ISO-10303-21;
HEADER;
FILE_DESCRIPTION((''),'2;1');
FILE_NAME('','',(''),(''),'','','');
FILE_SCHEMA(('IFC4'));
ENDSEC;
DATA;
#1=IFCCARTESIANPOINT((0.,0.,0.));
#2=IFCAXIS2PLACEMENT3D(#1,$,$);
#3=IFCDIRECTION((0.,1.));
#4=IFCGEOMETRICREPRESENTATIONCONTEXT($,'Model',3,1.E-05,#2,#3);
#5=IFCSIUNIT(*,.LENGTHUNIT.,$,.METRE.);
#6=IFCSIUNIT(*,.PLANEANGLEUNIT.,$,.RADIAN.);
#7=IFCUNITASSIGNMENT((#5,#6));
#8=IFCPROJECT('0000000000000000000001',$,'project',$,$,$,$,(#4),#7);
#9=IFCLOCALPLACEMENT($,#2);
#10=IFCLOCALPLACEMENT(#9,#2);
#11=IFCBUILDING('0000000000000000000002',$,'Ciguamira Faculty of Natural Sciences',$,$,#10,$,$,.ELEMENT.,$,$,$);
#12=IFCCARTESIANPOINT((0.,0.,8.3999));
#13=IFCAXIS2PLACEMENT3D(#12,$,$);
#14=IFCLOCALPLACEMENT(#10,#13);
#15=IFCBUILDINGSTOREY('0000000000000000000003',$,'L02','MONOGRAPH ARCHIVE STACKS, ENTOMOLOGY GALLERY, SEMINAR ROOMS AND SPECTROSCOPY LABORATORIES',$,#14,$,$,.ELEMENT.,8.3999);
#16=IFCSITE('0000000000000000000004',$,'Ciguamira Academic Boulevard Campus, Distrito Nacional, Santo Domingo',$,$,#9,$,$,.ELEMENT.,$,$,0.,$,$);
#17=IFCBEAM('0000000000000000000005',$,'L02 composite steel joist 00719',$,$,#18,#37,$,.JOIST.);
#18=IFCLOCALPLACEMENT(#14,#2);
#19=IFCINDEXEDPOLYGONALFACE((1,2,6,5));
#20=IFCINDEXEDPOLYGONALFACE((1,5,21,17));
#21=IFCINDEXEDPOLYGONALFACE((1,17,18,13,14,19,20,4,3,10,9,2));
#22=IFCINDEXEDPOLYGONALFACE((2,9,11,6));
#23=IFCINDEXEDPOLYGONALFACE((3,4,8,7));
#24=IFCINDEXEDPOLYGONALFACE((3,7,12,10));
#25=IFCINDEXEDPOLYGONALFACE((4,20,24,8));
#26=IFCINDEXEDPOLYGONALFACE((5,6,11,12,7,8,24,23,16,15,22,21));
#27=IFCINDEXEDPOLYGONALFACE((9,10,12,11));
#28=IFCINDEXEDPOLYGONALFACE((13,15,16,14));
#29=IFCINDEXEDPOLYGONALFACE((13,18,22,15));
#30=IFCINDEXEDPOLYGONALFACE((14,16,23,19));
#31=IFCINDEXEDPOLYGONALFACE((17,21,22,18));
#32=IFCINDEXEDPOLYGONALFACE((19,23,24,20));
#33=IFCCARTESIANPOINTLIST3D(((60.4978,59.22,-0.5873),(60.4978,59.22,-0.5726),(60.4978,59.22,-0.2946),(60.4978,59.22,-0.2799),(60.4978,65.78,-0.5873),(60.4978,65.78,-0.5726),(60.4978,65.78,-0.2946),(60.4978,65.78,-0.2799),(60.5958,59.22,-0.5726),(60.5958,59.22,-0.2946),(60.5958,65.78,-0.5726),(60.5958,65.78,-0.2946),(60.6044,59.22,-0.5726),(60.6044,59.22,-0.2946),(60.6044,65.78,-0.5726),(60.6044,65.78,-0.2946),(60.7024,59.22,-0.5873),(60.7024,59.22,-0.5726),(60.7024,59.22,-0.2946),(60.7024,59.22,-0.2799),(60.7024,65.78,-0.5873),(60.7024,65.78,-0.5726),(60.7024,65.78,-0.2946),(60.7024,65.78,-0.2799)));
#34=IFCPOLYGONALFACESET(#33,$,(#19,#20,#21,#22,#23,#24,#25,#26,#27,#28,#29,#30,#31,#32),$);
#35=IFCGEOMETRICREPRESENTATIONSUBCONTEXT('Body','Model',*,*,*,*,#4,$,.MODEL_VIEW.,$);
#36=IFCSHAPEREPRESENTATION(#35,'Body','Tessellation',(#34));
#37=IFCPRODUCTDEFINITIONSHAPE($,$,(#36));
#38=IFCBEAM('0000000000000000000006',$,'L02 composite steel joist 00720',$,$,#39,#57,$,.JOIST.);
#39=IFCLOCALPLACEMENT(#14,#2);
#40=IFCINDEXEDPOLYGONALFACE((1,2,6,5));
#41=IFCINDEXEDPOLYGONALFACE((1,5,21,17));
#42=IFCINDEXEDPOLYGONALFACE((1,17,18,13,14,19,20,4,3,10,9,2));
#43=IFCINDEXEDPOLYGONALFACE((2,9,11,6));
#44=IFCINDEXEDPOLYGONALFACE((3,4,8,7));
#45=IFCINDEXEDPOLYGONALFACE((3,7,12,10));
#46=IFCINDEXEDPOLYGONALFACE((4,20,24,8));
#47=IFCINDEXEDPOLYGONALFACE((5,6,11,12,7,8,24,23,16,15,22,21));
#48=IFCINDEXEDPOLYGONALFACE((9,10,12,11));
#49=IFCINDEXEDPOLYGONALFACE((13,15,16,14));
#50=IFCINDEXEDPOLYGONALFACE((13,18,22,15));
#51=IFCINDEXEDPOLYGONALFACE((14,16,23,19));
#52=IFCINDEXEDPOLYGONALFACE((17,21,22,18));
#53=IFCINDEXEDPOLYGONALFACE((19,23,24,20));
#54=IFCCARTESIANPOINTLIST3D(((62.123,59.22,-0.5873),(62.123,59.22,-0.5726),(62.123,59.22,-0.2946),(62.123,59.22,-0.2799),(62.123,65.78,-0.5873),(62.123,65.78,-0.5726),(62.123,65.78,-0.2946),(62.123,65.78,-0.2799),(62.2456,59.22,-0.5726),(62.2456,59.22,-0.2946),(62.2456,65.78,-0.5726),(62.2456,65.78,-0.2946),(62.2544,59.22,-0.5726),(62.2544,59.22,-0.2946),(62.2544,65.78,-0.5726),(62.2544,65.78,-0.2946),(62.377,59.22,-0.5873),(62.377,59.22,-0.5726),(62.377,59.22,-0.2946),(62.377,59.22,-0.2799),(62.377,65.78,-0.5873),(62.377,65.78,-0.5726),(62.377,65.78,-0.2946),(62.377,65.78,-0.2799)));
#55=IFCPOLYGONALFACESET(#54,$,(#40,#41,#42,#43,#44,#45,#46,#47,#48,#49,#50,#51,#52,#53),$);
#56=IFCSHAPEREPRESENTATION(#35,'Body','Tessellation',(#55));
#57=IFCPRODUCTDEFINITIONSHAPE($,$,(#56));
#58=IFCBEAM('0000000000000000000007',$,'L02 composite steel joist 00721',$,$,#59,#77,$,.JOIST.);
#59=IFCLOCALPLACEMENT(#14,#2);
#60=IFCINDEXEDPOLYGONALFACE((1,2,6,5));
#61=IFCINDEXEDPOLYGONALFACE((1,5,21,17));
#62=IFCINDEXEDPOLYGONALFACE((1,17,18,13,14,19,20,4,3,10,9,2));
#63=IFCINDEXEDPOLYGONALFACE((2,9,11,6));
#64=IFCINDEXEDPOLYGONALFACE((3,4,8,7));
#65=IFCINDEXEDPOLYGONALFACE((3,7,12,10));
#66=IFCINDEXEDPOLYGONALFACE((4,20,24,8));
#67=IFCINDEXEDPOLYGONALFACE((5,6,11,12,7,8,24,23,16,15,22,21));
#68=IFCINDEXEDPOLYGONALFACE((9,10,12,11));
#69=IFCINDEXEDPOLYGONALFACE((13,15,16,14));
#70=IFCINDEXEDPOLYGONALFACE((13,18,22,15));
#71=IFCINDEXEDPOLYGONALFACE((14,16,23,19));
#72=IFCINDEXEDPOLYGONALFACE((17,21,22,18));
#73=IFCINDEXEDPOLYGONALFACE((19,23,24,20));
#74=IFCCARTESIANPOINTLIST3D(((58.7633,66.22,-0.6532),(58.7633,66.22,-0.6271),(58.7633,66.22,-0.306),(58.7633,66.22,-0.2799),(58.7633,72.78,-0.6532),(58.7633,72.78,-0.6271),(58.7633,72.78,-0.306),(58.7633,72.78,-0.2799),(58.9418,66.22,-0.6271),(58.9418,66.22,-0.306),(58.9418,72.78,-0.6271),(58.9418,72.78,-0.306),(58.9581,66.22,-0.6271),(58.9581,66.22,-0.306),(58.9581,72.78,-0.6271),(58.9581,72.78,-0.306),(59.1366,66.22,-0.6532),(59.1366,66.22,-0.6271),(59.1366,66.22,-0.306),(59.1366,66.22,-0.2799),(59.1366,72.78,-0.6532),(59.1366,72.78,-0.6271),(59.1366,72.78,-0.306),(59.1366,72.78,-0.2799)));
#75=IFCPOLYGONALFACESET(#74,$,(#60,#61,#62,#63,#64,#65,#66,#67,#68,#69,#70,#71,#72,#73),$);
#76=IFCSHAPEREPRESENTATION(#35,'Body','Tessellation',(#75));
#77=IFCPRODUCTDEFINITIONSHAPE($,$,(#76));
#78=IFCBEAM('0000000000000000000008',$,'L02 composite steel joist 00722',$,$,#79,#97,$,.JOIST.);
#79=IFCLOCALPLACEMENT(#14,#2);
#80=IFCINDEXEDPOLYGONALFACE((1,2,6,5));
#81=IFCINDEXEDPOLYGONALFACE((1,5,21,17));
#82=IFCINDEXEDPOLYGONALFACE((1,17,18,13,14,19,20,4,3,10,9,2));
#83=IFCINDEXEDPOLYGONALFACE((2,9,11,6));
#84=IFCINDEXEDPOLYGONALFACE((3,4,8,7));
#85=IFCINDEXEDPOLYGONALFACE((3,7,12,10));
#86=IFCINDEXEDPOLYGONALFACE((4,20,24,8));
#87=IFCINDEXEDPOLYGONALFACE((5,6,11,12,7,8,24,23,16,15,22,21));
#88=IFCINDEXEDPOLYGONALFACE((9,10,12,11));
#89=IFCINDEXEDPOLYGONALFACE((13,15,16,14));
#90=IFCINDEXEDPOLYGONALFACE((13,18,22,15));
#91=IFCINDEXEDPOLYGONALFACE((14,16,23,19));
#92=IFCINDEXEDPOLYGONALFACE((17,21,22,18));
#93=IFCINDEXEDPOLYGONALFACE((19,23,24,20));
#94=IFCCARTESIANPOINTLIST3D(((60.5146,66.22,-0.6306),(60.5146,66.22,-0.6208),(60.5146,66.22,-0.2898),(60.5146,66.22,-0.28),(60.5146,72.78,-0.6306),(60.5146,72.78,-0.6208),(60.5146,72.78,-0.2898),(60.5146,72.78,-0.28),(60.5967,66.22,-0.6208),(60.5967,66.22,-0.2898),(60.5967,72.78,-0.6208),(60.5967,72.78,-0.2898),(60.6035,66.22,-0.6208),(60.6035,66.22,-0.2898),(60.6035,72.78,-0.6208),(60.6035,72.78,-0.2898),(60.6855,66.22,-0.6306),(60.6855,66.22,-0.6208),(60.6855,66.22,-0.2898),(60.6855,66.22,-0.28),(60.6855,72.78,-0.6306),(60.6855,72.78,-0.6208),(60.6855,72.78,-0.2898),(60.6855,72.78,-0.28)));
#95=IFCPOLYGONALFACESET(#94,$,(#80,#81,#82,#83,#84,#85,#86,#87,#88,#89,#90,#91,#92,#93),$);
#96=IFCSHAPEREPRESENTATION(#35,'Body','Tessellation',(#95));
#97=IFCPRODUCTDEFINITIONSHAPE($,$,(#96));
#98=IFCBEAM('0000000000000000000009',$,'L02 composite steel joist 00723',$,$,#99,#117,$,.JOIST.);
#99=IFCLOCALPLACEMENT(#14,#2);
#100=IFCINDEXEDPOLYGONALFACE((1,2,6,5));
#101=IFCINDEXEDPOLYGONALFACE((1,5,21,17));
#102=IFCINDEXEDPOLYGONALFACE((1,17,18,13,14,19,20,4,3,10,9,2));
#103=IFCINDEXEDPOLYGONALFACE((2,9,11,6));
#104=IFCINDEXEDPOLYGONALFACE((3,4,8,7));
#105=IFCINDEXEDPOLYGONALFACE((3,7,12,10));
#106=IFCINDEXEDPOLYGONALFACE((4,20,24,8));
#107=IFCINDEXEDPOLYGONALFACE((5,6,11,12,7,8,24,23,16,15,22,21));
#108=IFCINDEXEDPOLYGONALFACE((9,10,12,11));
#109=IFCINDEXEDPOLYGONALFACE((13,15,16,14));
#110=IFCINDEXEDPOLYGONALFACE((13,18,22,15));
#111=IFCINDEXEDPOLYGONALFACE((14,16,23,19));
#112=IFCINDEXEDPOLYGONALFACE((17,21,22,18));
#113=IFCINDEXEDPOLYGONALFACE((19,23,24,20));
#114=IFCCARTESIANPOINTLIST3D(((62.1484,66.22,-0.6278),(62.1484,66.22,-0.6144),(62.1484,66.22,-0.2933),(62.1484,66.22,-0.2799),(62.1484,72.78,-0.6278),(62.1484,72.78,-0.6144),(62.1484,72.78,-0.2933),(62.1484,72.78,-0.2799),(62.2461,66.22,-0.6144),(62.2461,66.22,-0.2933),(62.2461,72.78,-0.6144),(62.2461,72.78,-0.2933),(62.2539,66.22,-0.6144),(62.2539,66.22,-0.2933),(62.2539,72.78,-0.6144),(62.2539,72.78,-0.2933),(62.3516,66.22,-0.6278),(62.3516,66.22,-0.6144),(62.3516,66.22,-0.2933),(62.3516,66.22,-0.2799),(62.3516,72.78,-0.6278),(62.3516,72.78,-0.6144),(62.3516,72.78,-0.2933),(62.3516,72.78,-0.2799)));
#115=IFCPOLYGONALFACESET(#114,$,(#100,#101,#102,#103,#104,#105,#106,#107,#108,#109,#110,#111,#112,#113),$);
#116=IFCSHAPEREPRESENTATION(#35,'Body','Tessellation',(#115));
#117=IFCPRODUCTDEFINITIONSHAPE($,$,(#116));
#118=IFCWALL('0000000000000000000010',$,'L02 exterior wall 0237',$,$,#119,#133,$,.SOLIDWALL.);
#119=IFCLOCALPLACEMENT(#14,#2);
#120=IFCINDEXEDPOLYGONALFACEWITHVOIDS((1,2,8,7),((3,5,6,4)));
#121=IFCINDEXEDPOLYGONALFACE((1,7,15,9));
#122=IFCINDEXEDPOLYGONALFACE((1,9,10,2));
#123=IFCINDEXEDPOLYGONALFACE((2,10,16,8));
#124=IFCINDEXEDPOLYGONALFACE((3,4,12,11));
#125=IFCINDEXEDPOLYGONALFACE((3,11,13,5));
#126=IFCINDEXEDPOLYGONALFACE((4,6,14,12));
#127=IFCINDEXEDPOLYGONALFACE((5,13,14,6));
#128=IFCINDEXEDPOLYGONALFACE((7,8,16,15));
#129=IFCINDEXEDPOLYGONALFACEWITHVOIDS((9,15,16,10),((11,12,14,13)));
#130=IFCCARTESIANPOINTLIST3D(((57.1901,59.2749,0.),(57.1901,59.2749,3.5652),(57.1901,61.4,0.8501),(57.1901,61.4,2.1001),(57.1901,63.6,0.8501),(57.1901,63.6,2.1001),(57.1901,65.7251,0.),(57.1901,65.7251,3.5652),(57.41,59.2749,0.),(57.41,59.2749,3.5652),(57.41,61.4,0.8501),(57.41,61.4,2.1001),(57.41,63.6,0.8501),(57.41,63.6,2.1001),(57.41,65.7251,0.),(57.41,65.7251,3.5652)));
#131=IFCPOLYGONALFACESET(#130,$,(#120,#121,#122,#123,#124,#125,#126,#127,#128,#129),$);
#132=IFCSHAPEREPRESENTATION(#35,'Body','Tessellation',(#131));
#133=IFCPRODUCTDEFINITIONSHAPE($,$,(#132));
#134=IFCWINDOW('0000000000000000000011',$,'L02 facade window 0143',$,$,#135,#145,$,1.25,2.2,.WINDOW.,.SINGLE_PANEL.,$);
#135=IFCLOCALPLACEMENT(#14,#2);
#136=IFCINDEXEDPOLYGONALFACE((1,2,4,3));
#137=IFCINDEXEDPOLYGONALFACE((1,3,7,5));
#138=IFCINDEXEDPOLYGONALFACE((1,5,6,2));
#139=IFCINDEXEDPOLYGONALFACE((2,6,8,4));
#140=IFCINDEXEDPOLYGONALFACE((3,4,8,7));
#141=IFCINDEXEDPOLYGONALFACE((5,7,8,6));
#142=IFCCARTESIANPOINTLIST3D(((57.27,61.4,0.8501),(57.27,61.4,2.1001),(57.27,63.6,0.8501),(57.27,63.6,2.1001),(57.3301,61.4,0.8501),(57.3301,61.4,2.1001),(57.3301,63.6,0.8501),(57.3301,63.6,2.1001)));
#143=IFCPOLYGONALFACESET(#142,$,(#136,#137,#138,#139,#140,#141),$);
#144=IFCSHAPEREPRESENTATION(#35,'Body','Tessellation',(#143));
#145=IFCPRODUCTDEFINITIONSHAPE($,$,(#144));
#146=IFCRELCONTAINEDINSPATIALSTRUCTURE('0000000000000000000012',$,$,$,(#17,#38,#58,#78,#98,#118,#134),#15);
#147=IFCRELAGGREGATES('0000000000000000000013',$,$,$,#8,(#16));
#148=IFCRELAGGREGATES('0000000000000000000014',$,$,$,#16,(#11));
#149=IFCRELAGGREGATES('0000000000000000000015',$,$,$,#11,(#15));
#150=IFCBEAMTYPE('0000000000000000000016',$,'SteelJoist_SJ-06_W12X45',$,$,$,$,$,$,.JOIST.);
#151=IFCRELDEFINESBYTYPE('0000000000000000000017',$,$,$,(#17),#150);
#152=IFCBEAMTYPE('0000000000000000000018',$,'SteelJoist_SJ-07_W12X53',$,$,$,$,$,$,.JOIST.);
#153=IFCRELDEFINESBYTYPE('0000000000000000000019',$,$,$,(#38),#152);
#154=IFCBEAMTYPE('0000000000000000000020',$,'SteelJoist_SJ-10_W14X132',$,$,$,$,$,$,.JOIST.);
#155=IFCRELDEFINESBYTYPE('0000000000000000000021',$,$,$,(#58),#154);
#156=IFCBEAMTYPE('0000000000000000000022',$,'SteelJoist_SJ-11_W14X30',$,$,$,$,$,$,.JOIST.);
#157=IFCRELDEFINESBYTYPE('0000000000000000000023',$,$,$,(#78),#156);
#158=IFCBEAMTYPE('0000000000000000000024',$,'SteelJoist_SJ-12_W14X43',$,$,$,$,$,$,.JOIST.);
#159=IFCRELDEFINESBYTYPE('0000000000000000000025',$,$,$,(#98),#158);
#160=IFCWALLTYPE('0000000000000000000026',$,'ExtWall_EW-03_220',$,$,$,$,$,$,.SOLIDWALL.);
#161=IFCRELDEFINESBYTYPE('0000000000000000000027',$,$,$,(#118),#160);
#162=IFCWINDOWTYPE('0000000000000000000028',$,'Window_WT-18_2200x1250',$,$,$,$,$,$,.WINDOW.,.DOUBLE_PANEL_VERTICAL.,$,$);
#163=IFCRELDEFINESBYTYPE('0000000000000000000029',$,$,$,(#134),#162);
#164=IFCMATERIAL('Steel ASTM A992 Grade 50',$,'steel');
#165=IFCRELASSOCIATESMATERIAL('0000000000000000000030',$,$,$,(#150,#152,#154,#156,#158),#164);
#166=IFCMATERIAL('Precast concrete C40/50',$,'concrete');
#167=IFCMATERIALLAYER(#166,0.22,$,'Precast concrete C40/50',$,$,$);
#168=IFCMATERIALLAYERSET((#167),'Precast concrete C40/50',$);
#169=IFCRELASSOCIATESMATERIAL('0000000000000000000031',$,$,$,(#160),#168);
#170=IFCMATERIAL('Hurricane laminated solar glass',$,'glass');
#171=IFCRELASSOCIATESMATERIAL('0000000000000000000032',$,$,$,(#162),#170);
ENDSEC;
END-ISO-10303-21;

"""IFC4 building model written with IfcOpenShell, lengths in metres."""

from ifc_helpers import new_model, si_unit, direction, frame, frame_2d, origin, origin_2d, place, context, subcontext, project, spatial, rectangle, i_section, extrude, material, layer, layer_set, material_profile, profile_set, type_object, element, fill, save


model = new_model("IFC4")

# Units and contexts
model_context = context("Model", 3, precision=1e-05, world=origin(), true_north=direction((0.0, 1.0)))
body_context = subcontext(model_context, "Body", "Model", "MODEL_VIEW")
ifc_project = project(units=[si_unit("LENGTHUNIT", "METRE"), si_unit("PLANEANGLEUNIT", "RADIAN")], contexts=[model_context])

# Site, building, storey
site_placement = place(None, origin())
site = spatial("IfcSite", under=ifc_project, at=site_placement, Name="Ciguamira Academic Boulevard Campus, Distrito Nacional, Santo Domingo", CompositionType="ELEMENT", RefElevation=0.0)
building_placement = place(site_placement, origin())
building = spatial("IfcBuilding", under=site, at=building_placement, Name="Ciguamira Faculty of Natural Sciences", CompositionType="ELEMENT")
storey_placement = place(building_placement, frame((0.0, 0.0, 8.3999)))
storey = spatial("IfcBuildingStorey", under=building, at=storey_placement, Name="L02", Description="MONOGRAPH ARCHIVE STACKS, ENTOMOLOGY GALLERY, SEMINAR ROOMS AND SPECTROSCOPY LABORATORIES", CompositionType="ELEMENT", Elevation=8.3999)

# Beams
ifc_material_1 = material(Name="Precast concrete C40/50", Category="concrete")
ifc_material_2 = material(Name="Steel ASTM A992 Grade 50", Category="steel")
ifc_material_profile_1 = material_profile(ifc_material_2, i_section(OverallWidth=0.2046, OverallDepth=0.3074, WebThickness=0.0085, FlangeThickness=0.0146, at=origin_2d()), Name="W12X45")
ifc_profile_set_1 = profile_set([ifc_material_profile_1], Name="Steel ASTM A992 Grade 50")
beam_type_1 = type_object("IfcBeamType", Name="SteelJoist_SJ-06_W12X45", PredefinedType="JOIST", material=ifc_profile_set_1)
beam_1_placement = place(storey_placement, frame((60.6001, 59.22, -0.4336), z_axis=(0.0, 1.0, 0.0), x_axis=(-1.0, 0.0, 0.0)))
element("IfcBeam", 1, at=beam_1_placement, inside=storey, type_object=beam_type_1, Name="L02 composite steel joist 00719", PredefinedType="JOIST", context=body_context, shape_type="SweptSolid", body=[
    extrude(i_section(OverallWidth=0.2046, OverallDepth=0.3074, WebThickness=0.0085, FlangeThickness=0.0146, at=origin_2d()), origin(), (0.0, 0.0, 1.0), 6.5601),
])
ifc_material_profile_2 = material_profile(ifc_material_2, i_section(OverallWidth=0.2539, OverallDepth=0.3074, WebThickness=0.0088, FlangeThickness=0.0146, at=origin_2d()), Name="W12X53")
ifc_profile_set_2 = profile_set([ifc_material_profile_2], Name="Steel ASTM A992 Grade 50")
beam_type_2 = type_object("IfcBeamType", Name="SteelJoist_SJ-07_W12X53", PredefinedType="JOIST", material=ifc_profile_set_2)
beam_2_placement = place(storey_placement, frame((62.25, 59.22, -0.4336), z_axis=(0.0, 1.0, 0.0), x_axis=(-1.0, 0.0, 0.0)))
element("IfcBeam", 2, at=beam_2_placement, inside=storey, type_object=beam_type_2, Name="L02 composite steel joist 00720", PredefinedType="JOIST", context=body_context, shape_type="SweptSolid", body=[
    extrude(i_section(OverallWidth=0.2539, OverallDepth=0.3074, WebThickness=0.0088, FlangeThickness=0.0146, at=origin_2d()), origin(), (0.0, 0.0, 1.0), 6.5601),
])
ifc_material_profile_3 = material_profile(ifc_material_2, i_section(OverallWidth=0.3733, OverallDepth=0.3733, WebThickness=0.0164, FlangeThickness=0.0261, at=origin_2d()), Name="W14X132")
ifc_profile_set_3 = profile_set([ifc_material_profile_3], Name="Steel ASTM A992 Grade 50")
beam_type_3 = type_object("IfcBeamType", Name="SteelJoist_SJ-10_W14X132", PredefinedType="JOIST", material=ifc_profile_set_3)
beam_3_placement = place(storey_placement, frame((58.95, 66.22, -0.4666), z_axis=(0.0, 1.0, 0.0), x_axis=(-1.0, 0.0, 0.0)))
element("IfcBeam", 3, at=beam_3_placement, inside=storey, type_object=beam_type_3, Name="L02 composite steel joist 00721", PredefinedType="JOIST", context=body_context, shape_type="SweptSolid", body=[
    extrude(i_section(OverallWidth=0.3733, OverallDepth=0.3733, WebThickness=0.0164, FlangeThickness=0.0261, at=origin_2d()), origin(), (0.0, 0.0, 1.0), 6.5601),
])
ifc_material_profile_4 = material_profile(ifc_material_2, i_section(OverallWidth=0.1709, OverallDepth=0.3506, WebThickness=0.0068, FlangeThickness=0.0098, at=origin_2d()), Name="W14X30")
ifc_profile_set_4 = profile_set([ifc_material_profile_4], Name="Steel ASTM A992 Grade 50")
beam_type_4 = type_object("IfcBeamType", Name="SteelJoist_SJ-11_W14X30", PredefinedType="JOIST", material=ifc_profile_set_4)
beam_4_placement = place(storey_placement, frame((60.6001, 66.22, -0.4553), z_axis=(0.0, 1.0, 0.0), x_axis=(-1.0, 0.0, 0.0)))
element("IfcBeam", 4, at=beam_4_placement, inside=storey, type_object=beam_type_4, Name="L02 composite steel joist 00722", PredefinedType="JOIST", context=body_context, shape_type="SweptSolid", body=[
    extrude(i_section(OverallWidth=0.1709, OverallDepth=0.3506, WebThickness=0.0068, FlangeThickness=0.0098, at=origin_2d()), origin(), (0.0, 0.0, 1.0), 6.5601),
])
ifc_material_profile_5 = material_profile(ifc_material_2, i_section(OverallWidth=0.2031, OverallDepth=0.3479, WebThickness=0.0078, FlangeThickness=0.0134, at=origin_2d()), Name="W14X43")
ifc_profile_set_5 = profile_set([ifc_material_profile_5], Name="Steel ASTM A992 Grade 50")
beam_type_5 = type_object("IfcBeamType", Name="SteelJoist_SJ-12_W14X43", PredefinedType="JOIST", material=ifc_profile_set_5)
beam_5_placement = place(storey_placement, frame((62.25, 66.22, -0.4539), z_axis=(0.0, 1.0, 0.0), x_axis=(-1.0, 0.0, 0.0)))
element("IfcBeam", 5, at=beam_5_placement, inside=storey, type_object=beam_type_5, Name="L02 composite steel joist 00723", PredefinedType="JOIST", context=body_context, shape_type="SweptSolid", body=[
    extrude(i_section(OverallWidth=0.2031, OverallDepth=0.3479, WebThickness=0.0078, FlangeThickness=0.0134, at=origin_2d()), origin(), (0.0, 0.0, 1.0), 6.5601),
])

# Wall, opening, window
ifc_layer = layer(ifc_material_1, 0.22, Name="Precast concrete C40/50")
ifc_layer_set = layer_set([ifc_layer], Name="Precast concrete C40/50")
wall_type = type_object("IfcWallType", Name="ExtWall_EW-03_220", PredefinedType="SOLIDWALL", material=ifc_layer_set)
wall_1_placement = place(storey_placement, frame((57.3, 59.2749, 0.0), z_axis=(0.0, 0.0, 1.0), x_axis=(0.0, 1.0, 0.0)))
wall_1 = element("IfcWall", 6, at=wall_1_placement, inside=storey, type_object=wall_type, Name="L02 exterior wall 0237", PredefinedType="SOLIDWALL", context=body_context, shape_type="SweptSolid", body=[
    extrude(rectangle(XDim=6.4502, YDim=0.22, at=frame_2d((3.2251, 0.0))), origin(), (0.0, 0.0, 1.0), 3.5652),
])
opening_1_placement = place(wall_1_placement, frame((2.125, 0.0, 0.8501)))
opening_1 = element("IfcOpeningElement", 7, at=opening_1_placement, cuts=wall_1, PredefinedType="OPENING", context=body_context, shape_type="SweptSolid", body=[
    extrude(rectangle(XDim=2.2, YDim=1.25, at=frame_2d((1.1001, 0.625))), frame((0.0, 0.1199, 0.0), z_axis=(0.0, -1.0, 0.0), x_axis=(1.0, 0.0, 0.0)), (0.0, 0.0, 1.0), 0.24),
])
ifc_material_3 = material(Name="Hurricane laminated solar glass", Category="glass")
window_type_1 = type_object("IfcWindowType", Name="Window_WT-18_2200x1250", PartitioningType="DOUBLE_PANEL_VERTICAL", PredefinedType="WINDOW", material=ifc_material_3)
window_1_placement = place(opening_1_placement, origin())
window_1 = element("IfcWindow", 8, at=window_1_placement, inside=storey, type_object=window_type_1, Name="L02 facade window 0143", OverallHeight=1.25, OverallWidth=2.2, PartitioningType="SINGLE_PANEL", PredefinedType="WINDOW", context=body_context, shape_type="SweptSolid", body=[
    extrude(rectangle(XDim=2.2, YDim=1.25, at=frame_2d((1.1001, 0.625))), frame((0.0, 0.03, 0.0), z_axis=(0.0, -1.0, 0.0), x_axis=(1.0, 0.0, 0.0)), (0.0, 0.0, 1.0), 0.0601),
])
fill(opening_1, window_1)

save(model, "model.ifc")
